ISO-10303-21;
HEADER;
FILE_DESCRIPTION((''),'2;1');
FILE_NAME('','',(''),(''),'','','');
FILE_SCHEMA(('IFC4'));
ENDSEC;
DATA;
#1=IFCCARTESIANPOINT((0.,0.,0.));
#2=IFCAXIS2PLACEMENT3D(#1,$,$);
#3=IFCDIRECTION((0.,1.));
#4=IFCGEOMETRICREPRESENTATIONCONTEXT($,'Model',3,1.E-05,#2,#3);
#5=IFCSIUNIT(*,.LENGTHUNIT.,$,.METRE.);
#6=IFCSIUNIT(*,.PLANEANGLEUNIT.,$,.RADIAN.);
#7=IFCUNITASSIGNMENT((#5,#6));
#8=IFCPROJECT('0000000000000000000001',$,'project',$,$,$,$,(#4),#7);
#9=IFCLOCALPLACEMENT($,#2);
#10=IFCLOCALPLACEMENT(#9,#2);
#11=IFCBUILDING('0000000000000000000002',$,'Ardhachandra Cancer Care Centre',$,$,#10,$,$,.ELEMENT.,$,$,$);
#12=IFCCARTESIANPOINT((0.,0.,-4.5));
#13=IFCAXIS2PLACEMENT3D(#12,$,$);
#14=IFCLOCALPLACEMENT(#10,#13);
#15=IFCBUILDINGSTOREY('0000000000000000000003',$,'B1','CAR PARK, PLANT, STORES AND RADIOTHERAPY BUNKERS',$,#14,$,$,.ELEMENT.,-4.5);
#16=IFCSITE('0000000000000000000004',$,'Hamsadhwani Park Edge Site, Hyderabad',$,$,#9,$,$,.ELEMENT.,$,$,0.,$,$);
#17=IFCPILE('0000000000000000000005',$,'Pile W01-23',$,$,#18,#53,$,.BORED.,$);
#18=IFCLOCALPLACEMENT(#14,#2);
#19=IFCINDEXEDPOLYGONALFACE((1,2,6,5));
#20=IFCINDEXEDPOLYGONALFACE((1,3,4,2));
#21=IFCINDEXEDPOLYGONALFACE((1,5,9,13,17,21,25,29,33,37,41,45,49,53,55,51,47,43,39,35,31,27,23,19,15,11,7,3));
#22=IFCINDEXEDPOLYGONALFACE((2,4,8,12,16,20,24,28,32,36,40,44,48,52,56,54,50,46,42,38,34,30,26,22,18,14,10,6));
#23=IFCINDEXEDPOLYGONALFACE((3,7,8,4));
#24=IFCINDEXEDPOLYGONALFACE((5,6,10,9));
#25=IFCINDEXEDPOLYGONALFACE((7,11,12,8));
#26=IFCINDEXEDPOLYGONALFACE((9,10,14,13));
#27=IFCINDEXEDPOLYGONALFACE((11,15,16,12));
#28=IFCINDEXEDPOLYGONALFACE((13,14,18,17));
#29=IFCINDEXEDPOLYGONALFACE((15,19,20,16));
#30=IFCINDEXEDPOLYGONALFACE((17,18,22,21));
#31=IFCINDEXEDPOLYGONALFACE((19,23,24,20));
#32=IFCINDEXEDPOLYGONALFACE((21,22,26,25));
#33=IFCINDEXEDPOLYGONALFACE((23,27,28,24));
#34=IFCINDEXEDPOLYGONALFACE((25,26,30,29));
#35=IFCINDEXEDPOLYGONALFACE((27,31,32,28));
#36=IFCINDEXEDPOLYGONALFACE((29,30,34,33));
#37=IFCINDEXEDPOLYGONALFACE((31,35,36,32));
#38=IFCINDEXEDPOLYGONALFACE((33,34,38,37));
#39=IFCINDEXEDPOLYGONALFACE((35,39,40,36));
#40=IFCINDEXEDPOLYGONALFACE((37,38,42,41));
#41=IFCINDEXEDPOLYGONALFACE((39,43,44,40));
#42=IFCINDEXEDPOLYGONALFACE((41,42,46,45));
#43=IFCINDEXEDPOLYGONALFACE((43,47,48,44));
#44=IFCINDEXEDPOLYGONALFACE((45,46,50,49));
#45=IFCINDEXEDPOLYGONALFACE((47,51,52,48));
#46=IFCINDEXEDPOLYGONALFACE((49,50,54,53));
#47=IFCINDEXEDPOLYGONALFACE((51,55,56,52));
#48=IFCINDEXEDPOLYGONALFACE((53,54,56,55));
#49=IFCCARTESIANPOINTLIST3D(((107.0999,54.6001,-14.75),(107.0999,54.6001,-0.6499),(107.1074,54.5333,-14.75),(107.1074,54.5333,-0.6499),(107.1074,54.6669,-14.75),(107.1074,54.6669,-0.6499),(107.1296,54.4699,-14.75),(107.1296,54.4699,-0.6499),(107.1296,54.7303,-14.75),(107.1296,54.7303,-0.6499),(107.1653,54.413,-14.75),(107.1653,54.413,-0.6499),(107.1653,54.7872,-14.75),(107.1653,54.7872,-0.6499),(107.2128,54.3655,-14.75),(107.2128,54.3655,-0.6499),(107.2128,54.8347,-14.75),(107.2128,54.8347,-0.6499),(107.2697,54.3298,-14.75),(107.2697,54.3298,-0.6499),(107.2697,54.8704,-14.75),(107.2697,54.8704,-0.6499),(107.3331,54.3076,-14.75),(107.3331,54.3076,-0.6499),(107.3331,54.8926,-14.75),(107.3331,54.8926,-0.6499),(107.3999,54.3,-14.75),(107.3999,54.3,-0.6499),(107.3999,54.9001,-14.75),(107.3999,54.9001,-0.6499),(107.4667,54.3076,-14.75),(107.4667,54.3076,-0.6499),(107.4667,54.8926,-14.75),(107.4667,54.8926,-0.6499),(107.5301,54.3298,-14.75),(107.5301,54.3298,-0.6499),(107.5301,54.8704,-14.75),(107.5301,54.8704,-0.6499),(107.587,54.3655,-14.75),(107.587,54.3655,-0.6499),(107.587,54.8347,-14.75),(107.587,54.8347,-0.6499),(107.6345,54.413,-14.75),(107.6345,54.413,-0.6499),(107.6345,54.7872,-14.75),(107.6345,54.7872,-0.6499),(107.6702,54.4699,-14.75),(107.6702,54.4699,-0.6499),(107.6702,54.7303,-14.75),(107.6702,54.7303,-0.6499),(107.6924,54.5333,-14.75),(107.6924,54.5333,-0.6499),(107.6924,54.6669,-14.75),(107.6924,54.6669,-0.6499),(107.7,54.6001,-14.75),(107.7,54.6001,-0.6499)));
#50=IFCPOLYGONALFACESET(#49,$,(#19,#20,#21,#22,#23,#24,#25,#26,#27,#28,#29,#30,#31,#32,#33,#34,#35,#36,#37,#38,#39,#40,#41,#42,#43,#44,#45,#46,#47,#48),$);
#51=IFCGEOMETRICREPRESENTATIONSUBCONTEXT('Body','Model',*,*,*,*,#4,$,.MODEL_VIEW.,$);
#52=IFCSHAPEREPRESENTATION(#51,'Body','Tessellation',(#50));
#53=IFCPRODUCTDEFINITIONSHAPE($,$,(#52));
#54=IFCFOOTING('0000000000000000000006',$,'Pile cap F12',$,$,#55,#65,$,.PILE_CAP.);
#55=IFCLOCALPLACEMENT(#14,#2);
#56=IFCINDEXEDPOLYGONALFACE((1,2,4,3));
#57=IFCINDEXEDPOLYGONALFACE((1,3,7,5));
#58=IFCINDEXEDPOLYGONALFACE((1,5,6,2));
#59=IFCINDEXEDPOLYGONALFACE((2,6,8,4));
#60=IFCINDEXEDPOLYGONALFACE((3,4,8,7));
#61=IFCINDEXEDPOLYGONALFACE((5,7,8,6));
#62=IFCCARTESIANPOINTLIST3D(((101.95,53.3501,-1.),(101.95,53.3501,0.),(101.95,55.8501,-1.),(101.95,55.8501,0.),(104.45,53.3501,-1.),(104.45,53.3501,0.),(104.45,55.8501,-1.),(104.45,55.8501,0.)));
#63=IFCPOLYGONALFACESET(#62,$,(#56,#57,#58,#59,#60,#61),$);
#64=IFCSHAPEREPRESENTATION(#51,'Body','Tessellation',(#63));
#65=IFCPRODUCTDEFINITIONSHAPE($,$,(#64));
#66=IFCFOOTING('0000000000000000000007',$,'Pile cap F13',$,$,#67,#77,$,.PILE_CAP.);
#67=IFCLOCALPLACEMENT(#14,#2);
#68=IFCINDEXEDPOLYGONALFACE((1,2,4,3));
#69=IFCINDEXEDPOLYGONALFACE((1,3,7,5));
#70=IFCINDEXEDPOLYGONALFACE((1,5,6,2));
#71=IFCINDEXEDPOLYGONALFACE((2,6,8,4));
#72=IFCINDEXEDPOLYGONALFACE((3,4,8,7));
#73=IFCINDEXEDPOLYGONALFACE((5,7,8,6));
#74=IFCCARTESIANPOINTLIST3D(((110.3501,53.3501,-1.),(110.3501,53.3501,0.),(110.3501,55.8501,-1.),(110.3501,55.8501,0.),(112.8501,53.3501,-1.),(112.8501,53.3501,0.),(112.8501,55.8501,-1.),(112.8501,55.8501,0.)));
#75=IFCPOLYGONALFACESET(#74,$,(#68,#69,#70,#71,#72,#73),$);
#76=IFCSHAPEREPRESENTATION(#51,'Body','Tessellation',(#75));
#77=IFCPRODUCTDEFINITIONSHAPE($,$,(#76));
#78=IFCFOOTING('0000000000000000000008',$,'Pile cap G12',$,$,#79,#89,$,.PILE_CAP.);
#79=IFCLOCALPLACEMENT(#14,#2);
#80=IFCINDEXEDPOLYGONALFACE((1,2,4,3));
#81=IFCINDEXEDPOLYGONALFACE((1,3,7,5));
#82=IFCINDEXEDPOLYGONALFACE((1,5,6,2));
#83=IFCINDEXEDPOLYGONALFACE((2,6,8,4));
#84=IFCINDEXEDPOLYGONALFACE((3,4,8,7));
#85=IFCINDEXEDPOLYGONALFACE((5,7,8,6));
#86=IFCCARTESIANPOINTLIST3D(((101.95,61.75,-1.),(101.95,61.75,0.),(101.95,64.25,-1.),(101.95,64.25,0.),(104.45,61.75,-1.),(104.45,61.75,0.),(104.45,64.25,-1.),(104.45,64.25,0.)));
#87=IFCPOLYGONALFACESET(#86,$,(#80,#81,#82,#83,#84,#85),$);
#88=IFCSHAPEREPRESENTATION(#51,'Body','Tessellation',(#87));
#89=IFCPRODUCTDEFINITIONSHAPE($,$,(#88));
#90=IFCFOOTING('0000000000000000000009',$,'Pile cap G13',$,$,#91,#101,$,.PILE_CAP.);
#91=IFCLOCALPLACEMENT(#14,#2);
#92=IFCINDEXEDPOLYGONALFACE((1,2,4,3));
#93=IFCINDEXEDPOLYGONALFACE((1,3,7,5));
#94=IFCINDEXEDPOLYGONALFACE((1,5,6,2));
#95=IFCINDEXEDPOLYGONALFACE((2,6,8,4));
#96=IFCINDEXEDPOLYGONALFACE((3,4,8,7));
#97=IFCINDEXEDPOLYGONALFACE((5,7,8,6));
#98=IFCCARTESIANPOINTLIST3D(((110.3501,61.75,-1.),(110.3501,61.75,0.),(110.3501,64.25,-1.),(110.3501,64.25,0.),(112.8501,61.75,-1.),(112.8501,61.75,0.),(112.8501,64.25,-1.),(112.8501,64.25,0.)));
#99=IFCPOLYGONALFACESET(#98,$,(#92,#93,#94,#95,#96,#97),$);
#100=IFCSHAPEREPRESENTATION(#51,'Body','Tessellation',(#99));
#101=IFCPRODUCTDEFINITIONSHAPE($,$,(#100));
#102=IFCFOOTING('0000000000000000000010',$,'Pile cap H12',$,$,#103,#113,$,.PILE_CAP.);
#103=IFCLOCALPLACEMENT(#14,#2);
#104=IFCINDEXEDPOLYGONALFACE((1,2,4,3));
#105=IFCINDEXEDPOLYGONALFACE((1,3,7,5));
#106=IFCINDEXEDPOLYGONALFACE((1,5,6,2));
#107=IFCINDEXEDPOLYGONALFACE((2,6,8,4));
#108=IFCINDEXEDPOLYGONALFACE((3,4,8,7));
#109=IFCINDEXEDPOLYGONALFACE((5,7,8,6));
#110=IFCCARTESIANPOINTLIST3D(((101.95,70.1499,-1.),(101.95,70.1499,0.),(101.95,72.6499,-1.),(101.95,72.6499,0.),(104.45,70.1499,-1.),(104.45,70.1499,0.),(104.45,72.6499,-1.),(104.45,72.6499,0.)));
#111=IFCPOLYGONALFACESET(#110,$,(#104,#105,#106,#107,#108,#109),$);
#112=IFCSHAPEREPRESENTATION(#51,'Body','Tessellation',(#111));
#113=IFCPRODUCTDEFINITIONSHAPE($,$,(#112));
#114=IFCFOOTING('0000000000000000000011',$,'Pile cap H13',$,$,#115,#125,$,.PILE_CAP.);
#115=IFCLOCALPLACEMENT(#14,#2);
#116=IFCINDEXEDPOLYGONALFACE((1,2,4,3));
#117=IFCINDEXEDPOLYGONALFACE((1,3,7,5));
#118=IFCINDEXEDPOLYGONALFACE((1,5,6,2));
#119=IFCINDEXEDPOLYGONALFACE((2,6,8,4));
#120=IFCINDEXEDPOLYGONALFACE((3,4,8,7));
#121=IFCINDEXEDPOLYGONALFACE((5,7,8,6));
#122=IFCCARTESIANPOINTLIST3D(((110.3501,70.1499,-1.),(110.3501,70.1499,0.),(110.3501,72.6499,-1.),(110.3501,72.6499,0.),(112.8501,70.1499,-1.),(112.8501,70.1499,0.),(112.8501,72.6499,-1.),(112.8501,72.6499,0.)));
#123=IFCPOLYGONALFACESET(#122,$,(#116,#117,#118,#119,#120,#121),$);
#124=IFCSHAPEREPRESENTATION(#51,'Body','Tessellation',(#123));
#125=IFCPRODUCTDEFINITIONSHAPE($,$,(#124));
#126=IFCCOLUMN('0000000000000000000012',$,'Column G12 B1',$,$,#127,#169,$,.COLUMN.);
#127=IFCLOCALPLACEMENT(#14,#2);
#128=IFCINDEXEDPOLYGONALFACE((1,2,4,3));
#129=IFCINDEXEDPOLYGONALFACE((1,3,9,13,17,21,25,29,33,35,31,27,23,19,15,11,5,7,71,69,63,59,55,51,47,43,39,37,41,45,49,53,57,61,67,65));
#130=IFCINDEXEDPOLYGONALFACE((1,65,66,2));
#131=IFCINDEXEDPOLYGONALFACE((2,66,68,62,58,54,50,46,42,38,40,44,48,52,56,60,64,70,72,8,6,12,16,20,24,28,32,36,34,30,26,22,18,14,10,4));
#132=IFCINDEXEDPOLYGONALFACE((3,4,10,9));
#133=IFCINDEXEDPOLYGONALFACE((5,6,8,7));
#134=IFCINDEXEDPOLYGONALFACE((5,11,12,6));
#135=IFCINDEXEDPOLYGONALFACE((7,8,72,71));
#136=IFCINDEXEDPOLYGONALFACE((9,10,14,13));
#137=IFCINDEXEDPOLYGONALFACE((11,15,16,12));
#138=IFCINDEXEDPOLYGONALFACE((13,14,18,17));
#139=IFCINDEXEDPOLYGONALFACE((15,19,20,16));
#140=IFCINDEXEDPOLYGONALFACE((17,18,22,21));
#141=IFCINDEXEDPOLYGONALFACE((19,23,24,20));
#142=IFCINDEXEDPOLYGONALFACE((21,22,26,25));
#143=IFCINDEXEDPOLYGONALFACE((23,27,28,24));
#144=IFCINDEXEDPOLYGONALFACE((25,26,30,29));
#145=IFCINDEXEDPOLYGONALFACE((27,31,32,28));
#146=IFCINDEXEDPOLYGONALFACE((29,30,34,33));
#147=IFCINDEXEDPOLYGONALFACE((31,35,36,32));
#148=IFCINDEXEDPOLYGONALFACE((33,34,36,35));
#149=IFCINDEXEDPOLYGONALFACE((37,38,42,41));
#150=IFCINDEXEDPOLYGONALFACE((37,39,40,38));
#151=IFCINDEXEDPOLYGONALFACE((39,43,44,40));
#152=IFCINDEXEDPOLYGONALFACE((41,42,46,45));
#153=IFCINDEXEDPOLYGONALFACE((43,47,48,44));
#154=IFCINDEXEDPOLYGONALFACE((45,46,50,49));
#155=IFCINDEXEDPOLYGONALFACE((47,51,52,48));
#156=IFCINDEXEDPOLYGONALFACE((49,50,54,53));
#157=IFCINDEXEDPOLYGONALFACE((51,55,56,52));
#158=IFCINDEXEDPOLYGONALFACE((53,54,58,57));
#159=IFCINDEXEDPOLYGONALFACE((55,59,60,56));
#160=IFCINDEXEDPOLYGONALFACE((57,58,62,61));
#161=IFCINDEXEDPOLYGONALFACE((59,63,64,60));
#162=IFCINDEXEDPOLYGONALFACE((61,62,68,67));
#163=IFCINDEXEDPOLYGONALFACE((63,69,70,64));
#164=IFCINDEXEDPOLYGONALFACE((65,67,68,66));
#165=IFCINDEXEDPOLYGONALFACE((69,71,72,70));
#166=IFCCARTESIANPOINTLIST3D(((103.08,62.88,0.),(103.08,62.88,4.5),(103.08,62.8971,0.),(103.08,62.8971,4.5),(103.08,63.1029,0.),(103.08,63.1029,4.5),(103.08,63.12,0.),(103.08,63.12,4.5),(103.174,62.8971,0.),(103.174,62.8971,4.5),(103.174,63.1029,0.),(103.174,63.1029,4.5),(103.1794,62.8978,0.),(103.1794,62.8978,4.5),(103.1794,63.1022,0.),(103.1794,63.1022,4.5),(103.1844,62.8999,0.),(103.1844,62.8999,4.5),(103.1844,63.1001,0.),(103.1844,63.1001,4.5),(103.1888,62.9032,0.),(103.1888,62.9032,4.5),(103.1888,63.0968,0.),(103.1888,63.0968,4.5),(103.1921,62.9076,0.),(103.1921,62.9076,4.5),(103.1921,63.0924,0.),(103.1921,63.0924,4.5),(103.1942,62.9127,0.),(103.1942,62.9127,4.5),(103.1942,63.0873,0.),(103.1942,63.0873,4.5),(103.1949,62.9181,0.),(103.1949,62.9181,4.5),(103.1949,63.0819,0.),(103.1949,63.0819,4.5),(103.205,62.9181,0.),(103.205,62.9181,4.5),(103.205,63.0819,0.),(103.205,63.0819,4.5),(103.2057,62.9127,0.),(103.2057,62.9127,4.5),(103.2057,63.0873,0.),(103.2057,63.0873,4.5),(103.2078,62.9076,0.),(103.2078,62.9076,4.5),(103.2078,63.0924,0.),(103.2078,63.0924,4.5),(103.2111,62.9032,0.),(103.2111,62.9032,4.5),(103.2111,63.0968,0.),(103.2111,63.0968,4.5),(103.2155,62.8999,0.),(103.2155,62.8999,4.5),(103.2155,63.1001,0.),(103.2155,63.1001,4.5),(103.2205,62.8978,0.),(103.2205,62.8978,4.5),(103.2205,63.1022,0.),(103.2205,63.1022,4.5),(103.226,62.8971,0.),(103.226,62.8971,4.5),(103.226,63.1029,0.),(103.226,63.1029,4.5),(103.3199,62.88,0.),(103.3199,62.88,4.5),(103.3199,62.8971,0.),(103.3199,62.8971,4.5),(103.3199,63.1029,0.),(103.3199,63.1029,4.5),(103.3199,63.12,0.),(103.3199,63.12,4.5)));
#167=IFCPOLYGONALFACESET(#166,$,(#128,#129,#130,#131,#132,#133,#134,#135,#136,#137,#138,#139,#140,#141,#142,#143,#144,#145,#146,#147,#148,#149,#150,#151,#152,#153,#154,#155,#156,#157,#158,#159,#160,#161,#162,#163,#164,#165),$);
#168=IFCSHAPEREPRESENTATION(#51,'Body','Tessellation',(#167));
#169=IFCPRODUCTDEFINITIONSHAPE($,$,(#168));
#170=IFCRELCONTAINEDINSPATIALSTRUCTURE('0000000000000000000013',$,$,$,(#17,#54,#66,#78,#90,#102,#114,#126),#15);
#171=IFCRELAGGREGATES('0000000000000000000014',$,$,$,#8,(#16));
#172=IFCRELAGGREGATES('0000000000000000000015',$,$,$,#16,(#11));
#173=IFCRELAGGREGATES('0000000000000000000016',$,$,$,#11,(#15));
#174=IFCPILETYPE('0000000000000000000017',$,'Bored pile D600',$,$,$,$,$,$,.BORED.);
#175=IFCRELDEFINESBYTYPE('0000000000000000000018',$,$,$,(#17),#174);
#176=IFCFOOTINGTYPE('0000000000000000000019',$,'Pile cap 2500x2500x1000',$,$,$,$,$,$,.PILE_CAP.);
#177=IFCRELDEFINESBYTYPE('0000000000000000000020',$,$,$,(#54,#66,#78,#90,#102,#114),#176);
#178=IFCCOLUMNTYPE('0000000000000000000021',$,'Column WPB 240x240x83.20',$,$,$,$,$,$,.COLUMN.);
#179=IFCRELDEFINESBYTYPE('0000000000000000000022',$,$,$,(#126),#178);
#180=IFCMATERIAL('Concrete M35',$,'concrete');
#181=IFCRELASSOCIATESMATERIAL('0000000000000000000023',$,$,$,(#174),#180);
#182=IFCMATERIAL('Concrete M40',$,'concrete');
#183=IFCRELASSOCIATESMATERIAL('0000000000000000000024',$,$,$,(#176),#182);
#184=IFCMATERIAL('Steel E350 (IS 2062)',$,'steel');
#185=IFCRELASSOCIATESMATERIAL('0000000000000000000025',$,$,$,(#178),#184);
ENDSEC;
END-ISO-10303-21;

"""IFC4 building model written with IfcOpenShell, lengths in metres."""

from ifc_helpers import new_model, si_unit, direction, frame, origin, origin_2d, place, context, subcontext, project, spatial, rectangle, circle, i_section, extrude, material, material_profile, profile_set, type_object, element, save


model = new_model("IFC4")

# Units and contexts
model_context = context("Model", 3, precision=1e-05, world=origin(), true_north=direction((0.0, 1.0)))
body_context = subcontext(model_context, "Body", "Model", "MODEL_VIEW")
ifc_project = project(units=[si_unit("LENGTHUNIT", "METRE"), si_unit("PLANEANGLEUNIT", "RADIAN")], contexts=[model_context])

# Site, building, storey
site_placement = place(None, origin())
site = spatial("IfcSite", under=ifc_project, at=site_placement, Name="Hamsadhwani Park Edge Site, Hyderabad", CompositionType="ELEMENT", RefElevation=0.0)
building_placement = place(site_placement, origin())
building = spatial("IfcBuilding", under=site, at=building_placement, Name="Ardhachandra Cancer Care Centre", CompositionType="ELEMENT")
storey_placement = place(building_placement, frame((0.0, 0.0, -4.5)))
storey = spatial("IfcBuildingStorey", under=building, at=storey_placement, Name="B1", Description="CAR PARK, PLANT, STORES AND RADIOTHERAPY BUNKERS", CompositionType="ELEMENT", Elevation=-4.5)

# Pile
ifc_material_1 = material(Name="Concrete M35", Category="concrete")
ifc_material_profile_1 = material_profile(ifc_material_1, circle(Radius=0.3, at=origin_2d()), Name="D600")
ifc_profile_set_1 = profile_set([ifc_material_profile_1], Name="Concrete M35")
pile_type = type_object("IfcPileType", Name="Bored pile D600", PredefinedType="BORED", material=ifc_profile_set_1)
for number, where, z_axis, x_axis, name in (
    (1, (107.3999, 54.6001, -0.6499), (0.0, 0.0, -1.0), (1.0, 0.0, 0.0), "Pile W01-23"),
):
    element("IfcPile", number, at=place(storey_placement, frame(where, z_axis=z_axis, x_axis=x_axis)), inside=storey, type_object=pile_type, Name=name, PredefinedType="BORED", context=body_context, shape_type="SweptSolid", body=[
        extrude(circle(Radius=0.3, at=origin_2d()), origin(), (0.0, 0.0, 1.0), 14.1001),
    ])

# Footings
ifc_material_2 = material(Name="Concrete M40", Category="concrete")
footing_type = type_object("IfcFootingType", Name="Pile cap 2500x2500x1000", PredefinedType="PILE_CAP", material=ifc_material_2)
for number, where, z_axis, x_axis, name in (
    (2, (103.2, 54.6001, -1.0), (0.0, 0.0, 1.0), (1.0, 0.0, 0.0), "Pile cap F12"),
    (3, (111.6001, 54.6001, -1.0), (0.0, 0.0, 1.0), (1.0, 0.0, 0.0), "Pile cap F13"),
    (4, (103.2, 63.0, -1.0), (0.0, 0.0, 1.0), (1.0, 0.0, 0.0), "Pile cap G12"),
    (5, (111.6001, 63.0, -1.0), (0.0, 0.0, 1.0), (1.0, 0.0, 0.0), "Pile cap G13"),
    (6, (103.2, 71.3999, -1.0), (0.0, 0.0, 1.0), (1.0, 0.0, 0.0), "Pile cap H12"),
    (7, (111.6001, 71.3999, -1.0), (0.0, 0.0, 1.0), (1.0, 0.0, 0.0), "Pile cap H13"),
):
    element("IfcFooting", number, at=place(storey_placement, frame(where, z_axis=z_axis, x_axis=x_axis)), inside=storey, type_object=footing_type, Name=name, PredefinedType="PILE_CAP", context=body_context, shape_type="SweptSolid", body=[
        extrude(rectangle(XDim=2.5, YDim=2.5, at=origin_2d()), origin(), (0.0, 0.0, 1.0), 1.0),
    ])

# Column
ifc_material_3 = material(Name="Steel E350 (IS 2062)", Category="steel")
ifc_material_profile_2 = material_profile(ifc_material_3, i_section(OverallWidth=0.24, OverallDepth=0.24, WebThickness=0.01, FlangeThickness=0.0171, FilletRadius=0.021, at=origin_2d()), Name="WPB 240x240x83.20")
ifc_profile_set_2 = profile_set([ifc_material_profile_2], Name="Steel E350 (IS 2062)")
column_type_1 = type_object("IfcColumnType", Name="Column WPB 240x240x83.20", PredefinedType="COLUMN", material=ifc_profile_set_2)
column_placement = place(storey_placement, frame((103.2, 63.0, 0.0), z_axis=(0.0, 0.0, 1.0), x_axis=(1.0, 0.0, 0.0)))
element("IfcColumn", 8, at=column_placement, inside=storey, type_object=column_type_1, Name="Column G12 B1", PredefinedType="COLUMN", context=body_context, shape_type="SweptSolid", body=[
    extrude(i_section(OverallWidth=0.24, OverallDepth=0.24, WebThickness=0.01, FlangeThickness=0.0171, FilletRadius=0.021, at=origin_2d()), origin(), (0.0, 0.0, 1.0), 4.5),
])

save(model, "model.ifc")
